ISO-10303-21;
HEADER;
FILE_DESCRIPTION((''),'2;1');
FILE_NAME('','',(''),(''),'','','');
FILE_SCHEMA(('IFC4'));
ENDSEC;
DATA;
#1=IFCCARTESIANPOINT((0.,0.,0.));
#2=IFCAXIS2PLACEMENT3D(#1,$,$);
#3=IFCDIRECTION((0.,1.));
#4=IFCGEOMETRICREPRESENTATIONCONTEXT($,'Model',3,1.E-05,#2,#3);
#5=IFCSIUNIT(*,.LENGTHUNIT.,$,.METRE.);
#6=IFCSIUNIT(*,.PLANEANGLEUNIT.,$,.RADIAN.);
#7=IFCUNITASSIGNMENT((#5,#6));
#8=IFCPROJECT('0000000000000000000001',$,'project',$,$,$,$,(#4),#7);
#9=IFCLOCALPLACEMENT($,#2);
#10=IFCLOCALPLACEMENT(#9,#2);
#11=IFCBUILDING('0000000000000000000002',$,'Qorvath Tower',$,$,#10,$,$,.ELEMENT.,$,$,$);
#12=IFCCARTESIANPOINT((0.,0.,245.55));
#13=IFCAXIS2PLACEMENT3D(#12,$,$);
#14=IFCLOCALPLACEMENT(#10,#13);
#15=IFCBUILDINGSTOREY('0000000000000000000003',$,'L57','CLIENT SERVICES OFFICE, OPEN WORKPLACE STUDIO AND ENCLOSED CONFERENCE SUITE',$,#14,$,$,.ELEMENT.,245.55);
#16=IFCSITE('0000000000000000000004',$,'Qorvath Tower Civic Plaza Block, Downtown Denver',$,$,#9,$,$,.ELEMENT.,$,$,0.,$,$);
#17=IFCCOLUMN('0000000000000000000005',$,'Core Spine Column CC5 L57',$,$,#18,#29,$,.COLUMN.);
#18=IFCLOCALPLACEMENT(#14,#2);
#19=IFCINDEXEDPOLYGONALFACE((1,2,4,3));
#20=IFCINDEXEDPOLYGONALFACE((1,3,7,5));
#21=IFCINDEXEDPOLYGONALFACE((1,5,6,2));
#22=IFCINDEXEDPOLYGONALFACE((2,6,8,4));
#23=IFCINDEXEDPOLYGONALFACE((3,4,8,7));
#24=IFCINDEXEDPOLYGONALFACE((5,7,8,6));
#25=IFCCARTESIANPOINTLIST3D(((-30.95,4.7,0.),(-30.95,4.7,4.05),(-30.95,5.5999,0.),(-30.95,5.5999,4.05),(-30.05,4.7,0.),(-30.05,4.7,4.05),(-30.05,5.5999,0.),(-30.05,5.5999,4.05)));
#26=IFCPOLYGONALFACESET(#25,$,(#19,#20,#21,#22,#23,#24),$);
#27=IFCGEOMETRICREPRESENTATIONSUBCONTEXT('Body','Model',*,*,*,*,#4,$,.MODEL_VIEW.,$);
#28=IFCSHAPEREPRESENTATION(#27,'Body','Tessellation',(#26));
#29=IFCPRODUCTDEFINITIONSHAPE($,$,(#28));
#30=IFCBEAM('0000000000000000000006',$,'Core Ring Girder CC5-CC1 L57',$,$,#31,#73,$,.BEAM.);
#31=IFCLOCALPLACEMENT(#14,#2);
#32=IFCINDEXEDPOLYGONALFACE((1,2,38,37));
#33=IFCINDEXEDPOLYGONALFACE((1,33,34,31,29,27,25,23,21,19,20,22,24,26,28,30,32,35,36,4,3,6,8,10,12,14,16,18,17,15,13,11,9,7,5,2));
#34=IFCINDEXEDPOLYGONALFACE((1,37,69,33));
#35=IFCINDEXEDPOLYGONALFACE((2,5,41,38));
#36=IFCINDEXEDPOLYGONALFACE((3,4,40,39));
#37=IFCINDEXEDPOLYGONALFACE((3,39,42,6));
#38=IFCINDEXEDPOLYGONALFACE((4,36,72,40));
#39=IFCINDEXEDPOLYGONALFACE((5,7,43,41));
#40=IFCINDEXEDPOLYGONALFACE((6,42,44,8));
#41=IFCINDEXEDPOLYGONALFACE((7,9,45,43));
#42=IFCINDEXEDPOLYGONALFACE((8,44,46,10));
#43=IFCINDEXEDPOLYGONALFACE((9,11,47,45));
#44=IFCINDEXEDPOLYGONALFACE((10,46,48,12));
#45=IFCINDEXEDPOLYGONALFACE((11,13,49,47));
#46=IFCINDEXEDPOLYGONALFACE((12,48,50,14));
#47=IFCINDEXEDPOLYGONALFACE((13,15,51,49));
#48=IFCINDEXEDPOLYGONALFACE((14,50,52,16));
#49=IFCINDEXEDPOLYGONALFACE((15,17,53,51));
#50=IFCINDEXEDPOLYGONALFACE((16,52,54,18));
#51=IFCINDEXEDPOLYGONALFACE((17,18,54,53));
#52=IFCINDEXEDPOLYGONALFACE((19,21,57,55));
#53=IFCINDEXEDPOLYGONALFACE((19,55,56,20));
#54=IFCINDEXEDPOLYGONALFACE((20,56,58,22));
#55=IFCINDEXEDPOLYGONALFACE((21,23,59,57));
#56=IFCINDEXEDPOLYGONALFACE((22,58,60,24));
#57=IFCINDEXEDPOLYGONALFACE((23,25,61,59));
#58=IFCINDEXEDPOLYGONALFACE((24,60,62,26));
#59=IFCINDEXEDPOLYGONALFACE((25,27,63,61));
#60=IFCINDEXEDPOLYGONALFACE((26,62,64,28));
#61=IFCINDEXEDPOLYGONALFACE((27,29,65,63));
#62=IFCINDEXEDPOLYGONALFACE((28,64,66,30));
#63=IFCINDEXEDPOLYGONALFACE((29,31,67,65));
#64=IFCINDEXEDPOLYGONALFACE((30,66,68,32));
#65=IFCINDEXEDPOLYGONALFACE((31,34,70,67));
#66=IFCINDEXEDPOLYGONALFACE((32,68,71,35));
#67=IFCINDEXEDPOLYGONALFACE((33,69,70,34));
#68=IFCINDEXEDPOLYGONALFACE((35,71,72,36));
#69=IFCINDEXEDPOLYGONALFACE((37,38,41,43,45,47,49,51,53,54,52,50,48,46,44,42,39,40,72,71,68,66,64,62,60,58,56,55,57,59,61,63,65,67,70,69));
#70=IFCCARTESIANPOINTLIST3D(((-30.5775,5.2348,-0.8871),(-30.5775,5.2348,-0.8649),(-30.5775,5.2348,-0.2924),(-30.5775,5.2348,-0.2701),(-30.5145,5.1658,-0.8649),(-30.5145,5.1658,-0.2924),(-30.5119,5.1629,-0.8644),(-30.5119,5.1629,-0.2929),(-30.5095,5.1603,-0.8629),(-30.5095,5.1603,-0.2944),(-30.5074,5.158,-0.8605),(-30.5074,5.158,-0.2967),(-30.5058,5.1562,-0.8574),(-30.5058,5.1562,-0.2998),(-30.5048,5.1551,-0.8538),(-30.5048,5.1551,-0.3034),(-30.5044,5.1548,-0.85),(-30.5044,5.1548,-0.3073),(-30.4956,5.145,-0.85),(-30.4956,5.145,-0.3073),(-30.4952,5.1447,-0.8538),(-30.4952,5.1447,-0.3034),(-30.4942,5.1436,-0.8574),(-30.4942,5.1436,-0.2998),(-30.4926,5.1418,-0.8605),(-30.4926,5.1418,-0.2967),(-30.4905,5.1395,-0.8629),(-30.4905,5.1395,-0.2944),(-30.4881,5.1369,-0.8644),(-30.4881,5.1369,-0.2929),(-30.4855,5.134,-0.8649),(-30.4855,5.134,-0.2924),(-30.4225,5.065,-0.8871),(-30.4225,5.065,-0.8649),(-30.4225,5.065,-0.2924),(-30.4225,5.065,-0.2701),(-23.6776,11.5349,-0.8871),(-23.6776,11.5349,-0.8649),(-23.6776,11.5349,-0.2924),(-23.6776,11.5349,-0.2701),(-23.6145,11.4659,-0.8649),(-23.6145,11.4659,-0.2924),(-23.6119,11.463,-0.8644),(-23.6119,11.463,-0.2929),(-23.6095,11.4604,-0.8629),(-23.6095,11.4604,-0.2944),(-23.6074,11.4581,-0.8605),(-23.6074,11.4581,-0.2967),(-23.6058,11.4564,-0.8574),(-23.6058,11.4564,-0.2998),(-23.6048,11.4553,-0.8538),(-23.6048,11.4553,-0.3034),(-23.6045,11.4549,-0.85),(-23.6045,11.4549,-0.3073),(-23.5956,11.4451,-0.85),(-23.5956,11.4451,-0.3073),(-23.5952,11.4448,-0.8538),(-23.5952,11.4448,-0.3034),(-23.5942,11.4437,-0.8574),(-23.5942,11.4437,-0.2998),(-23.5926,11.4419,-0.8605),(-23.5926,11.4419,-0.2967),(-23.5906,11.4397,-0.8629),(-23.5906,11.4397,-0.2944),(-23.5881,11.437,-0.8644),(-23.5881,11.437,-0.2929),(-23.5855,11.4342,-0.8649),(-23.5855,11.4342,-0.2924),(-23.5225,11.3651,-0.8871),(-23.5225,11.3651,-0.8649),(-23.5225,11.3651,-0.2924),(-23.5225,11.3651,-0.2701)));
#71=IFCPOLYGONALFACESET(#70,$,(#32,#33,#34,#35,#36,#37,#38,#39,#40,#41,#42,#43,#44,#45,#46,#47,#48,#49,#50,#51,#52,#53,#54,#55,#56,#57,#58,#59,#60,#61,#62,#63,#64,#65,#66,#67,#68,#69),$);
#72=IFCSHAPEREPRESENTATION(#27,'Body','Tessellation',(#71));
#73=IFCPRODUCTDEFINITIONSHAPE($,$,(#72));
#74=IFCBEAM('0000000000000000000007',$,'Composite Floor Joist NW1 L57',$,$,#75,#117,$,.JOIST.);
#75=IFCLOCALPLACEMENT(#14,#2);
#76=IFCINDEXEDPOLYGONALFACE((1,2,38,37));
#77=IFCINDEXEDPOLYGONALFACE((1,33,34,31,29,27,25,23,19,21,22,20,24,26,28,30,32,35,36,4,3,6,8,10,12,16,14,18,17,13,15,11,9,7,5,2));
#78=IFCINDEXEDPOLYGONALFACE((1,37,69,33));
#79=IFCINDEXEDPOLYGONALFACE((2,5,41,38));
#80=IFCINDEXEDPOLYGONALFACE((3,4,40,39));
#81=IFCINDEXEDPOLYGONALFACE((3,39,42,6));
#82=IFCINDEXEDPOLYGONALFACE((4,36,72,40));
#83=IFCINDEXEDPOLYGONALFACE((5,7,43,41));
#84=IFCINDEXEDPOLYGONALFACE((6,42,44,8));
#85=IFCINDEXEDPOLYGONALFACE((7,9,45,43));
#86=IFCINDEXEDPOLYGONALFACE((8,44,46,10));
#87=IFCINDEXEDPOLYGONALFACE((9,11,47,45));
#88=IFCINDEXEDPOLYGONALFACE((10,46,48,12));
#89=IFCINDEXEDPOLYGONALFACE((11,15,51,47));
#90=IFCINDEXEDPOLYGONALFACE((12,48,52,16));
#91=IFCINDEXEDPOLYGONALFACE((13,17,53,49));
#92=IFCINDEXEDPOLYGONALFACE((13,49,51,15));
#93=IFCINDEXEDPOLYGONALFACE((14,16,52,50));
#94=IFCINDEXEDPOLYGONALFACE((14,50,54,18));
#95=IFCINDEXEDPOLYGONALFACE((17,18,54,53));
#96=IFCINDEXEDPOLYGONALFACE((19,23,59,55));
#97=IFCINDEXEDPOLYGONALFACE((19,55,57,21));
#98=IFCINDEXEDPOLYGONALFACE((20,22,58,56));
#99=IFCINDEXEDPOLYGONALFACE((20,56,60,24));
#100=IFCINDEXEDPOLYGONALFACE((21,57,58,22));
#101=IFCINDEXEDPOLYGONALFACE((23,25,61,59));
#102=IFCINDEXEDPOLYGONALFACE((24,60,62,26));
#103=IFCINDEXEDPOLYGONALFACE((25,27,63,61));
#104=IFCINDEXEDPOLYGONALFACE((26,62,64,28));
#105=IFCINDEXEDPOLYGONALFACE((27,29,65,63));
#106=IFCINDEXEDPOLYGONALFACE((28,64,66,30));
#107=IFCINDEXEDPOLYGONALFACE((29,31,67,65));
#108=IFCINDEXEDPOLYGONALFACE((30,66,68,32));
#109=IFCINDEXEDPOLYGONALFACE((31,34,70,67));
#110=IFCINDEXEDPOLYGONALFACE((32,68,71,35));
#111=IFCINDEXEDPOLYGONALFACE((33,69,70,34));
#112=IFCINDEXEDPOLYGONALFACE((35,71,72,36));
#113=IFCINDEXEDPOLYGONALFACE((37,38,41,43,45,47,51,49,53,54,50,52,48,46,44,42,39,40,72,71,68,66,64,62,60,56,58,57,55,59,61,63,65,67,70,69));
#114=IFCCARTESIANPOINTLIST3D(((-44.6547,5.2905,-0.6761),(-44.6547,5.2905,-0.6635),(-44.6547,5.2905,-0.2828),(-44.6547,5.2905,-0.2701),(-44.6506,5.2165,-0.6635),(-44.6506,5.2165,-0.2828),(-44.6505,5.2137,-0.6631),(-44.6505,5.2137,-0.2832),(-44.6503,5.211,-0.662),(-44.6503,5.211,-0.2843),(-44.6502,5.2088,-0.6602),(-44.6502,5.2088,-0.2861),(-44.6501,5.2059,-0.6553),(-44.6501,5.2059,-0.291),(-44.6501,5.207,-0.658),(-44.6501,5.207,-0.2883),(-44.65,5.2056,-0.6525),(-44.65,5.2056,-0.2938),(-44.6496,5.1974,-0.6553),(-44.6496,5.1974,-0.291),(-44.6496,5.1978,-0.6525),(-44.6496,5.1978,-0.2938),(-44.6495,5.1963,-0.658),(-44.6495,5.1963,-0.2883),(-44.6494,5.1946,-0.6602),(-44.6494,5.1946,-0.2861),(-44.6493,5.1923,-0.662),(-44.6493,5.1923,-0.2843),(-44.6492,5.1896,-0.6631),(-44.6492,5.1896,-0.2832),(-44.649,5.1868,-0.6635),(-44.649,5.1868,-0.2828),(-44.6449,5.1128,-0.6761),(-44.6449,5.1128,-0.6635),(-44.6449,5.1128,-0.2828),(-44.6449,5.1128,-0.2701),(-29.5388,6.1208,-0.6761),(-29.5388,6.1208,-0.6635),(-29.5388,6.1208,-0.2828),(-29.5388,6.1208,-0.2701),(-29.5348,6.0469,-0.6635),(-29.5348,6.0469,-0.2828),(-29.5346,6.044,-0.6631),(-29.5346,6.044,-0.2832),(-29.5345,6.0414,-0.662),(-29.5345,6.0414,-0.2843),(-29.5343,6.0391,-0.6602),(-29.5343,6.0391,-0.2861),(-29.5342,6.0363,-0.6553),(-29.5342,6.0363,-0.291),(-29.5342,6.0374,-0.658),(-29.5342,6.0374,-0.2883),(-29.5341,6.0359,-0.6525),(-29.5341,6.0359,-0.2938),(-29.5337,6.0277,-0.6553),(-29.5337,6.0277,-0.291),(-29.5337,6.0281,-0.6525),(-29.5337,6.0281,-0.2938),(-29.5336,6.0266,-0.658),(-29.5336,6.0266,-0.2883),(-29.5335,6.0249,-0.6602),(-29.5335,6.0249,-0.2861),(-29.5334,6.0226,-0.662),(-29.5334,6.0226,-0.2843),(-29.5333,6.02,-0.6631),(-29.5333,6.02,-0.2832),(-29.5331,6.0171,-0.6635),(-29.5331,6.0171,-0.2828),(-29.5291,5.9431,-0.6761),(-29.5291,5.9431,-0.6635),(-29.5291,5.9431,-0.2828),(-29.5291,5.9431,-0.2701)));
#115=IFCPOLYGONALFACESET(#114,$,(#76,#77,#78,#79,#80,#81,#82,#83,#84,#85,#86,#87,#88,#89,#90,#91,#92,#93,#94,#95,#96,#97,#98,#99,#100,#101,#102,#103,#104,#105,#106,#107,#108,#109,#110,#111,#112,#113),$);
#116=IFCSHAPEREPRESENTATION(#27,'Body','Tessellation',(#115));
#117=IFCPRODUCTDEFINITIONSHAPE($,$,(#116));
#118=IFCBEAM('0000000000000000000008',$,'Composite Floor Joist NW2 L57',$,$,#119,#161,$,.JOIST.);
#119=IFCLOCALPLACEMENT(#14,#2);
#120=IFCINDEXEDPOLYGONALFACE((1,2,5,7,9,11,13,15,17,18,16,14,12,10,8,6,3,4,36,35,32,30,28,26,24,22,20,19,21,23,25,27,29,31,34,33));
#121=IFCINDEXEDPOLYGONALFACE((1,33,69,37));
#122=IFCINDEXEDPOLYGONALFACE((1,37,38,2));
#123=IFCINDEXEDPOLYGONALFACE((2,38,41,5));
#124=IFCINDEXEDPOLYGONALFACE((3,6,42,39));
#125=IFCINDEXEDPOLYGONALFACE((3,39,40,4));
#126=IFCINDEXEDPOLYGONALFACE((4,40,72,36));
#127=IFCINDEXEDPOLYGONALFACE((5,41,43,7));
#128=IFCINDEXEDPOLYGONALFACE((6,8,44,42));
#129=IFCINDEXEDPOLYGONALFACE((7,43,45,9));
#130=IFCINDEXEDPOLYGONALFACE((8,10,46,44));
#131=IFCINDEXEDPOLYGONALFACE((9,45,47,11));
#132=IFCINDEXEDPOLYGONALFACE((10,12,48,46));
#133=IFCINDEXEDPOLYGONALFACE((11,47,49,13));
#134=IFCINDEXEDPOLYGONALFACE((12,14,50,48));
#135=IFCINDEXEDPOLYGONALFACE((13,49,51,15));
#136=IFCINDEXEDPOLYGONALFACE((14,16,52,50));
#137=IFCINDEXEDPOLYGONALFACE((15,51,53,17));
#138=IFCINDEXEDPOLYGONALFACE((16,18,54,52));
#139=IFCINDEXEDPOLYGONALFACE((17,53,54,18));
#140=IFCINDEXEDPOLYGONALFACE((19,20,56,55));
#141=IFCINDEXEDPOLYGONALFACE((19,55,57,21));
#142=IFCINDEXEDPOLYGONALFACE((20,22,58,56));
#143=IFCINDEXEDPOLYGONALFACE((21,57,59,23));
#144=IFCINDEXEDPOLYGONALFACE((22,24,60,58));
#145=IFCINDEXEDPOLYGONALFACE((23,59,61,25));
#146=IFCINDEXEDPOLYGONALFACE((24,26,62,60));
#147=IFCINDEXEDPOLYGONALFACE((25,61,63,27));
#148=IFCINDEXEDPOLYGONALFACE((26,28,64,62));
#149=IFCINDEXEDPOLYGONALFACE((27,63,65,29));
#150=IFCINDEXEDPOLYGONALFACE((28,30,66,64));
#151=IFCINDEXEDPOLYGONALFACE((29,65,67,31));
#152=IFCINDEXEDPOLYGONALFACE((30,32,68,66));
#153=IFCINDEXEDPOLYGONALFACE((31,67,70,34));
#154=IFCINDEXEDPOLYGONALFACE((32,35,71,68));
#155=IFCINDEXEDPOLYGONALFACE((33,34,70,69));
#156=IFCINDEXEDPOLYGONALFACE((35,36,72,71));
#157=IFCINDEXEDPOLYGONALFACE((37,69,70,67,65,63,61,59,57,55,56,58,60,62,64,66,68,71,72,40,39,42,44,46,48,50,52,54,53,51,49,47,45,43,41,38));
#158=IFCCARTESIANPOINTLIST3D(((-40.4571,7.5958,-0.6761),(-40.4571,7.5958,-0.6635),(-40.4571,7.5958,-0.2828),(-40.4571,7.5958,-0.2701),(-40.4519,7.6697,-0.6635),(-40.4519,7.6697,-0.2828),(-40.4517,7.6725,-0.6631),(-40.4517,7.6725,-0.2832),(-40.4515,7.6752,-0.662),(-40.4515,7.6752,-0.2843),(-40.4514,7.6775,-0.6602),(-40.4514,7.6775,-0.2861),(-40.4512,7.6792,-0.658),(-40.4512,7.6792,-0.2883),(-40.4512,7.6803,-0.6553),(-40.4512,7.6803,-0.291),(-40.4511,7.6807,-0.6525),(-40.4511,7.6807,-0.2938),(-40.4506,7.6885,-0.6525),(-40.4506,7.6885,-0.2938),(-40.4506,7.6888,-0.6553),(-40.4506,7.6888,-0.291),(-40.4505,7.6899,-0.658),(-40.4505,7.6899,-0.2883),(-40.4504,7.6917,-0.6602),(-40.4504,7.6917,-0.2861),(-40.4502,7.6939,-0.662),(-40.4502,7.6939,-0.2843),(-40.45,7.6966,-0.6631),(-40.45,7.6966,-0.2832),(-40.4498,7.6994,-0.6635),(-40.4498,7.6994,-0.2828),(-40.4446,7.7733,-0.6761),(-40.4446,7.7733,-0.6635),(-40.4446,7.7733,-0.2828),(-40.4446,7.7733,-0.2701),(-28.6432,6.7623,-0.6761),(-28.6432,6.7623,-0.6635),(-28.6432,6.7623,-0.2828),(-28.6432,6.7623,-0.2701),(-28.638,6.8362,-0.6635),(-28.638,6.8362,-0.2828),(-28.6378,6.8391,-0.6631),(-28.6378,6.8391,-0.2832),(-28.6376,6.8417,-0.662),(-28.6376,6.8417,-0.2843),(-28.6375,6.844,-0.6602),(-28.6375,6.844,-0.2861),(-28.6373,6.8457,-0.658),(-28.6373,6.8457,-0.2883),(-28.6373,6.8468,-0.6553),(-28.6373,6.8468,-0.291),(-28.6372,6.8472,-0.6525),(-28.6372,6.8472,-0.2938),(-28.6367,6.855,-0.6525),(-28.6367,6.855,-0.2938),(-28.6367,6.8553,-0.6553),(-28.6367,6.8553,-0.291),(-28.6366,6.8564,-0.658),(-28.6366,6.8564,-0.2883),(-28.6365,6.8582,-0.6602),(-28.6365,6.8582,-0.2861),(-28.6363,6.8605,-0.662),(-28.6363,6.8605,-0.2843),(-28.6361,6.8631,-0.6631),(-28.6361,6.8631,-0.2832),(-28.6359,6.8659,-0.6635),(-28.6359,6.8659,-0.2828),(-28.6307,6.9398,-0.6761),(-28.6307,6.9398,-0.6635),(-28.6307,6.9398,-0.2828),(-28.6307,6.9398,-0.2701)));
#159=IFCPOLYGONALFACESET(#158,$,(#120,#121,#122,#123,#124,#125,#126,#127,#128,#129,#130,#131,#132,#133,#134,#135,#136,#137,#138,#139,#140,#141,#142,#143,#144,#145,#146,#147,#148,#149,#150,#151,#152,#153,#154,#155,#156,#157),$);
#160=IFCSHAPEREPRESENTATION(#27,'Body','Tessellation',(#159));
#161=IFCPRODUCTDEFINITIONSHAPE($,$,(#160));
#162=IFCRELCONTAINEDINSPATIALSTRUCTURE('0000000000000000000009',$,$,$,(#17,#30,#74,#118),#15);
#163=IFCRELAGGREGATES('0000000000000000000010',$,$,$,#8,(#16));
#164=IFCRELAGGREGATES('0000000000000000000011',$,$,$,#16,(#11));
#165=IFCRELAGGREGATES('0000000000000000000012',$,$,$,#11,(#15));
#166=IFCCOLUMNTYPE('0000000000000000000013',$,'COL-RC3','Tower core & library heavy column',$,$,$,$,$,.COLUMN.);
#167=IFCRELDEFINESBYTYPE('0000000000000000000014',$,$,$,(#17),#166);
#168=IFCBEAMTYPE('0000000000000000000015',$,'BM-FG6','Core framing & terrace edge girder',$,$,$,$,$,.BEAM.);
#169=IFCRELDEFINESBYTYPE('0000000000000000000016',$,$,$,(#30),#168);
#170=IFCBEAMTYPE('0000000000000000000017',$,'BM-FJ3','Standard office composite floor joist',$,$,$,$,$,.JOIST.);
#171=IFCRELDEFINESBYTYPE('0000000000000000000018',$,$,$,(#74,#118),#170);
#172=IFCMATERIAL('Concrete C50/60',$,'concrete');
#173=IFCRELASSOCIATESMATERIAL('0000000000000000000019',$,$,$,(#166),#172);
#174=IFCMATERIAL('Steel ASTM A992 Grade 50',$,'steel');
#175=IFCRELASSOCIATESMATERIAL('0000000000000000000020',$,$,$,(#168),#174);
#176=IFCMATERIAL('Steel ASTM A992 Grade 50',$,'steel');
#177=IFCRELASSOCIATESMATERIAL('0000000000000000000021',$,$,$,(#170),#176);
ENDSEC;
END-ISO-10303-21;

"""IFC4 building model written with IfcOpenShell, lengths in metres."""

from ifc_helpers import new_model, si_unit, direction, frame, origin, origin_2d, place, context, subcontext, project, spatial, rectangle, i_section, extrude, material, material_profile, profile_set, type_object, element, save


model = new_model("IFC4")

# Units and contexts
model_context = context("Model", 3, precision=1e-05, world=origin(), true_north=direction((0.0, 1.0)))
body_context = subcontext(model_context, "Body", "Model", "MODEL_VIEW")
ifc_project = project(units=[si_unit("LENGTHUNIT", "METRE"), si_unit("PLANEANGLEUNIT", "RADIAN")], contexts=[model_context])

# Site, building, storey
site_placement = place(None, origin())
site = spatial("IfcSite", under=ifc_project, at=site_placement, Name="Qorvath Tower Civic Plaza Block, Downtown Denver", CompositionType="ELEMENT", RefElevation=0.0)
building_placement = place(site_placement, origin())
building = spatial("IfcBuilding", under=site, at=building_placement, Name="Qorvath Tower", CompositionType="ELEMENT")
storey_placement = place(building_placement, frame((0.0, 0.0, 245.55)))
storey = spatial("IfcBuildingStorey", under=building, at=storey_placement, Name="L57", Description="CLIENT SERVICES OFFICE, OPEN WORKPLACE STUDIO AND ENCLOSED CONFERENCE SUITE", CompositionType="ELEMENT", Elevation=245.55)

# Column
ifc_material_1 = material(Name="Concrete C50/60", Category="concrete")
ifc_material_profile_1 = material_profile(ifc_material_1, rectangle(XDim=0.8999, YDim=0.8999, at=origin_2d()), Name="RC 900x900")
ifc_profile_set_1 = profile_set([ifc_material_profile_1], Name="Concrete C50/60")
column_type = type_object("IfcColumnType", Name="COL-RC3", Description="Tower core & library heavy column", PredefinedType="COLUMN", material=ifc_profile_set_1)
column_placement = place(storey_placement, frame((-30.5, 5.1499, 0.0), z_axis=(0.0, 0.0, 1.0), x_axis=(1.0, 0.0, 0.0)))
element("IfcColumn", 1, at=column_placement, inside=storey, type_object=column_type, Name="Core Spine Column CC5 L57", PredefinedType="COLUMN", context=body_context, shape_type="SweptSolid", body=[
    extrude(rectangle(XDim=0.8999, YDim=0.8999, at=origin_2d()), origin(), (0.0, 0.0, 1.0), 4.05),
])

# Beams
ifc_material_2 = material(Name="Steel ASTM A992 Grade 50", Category="steel")
ifc_material_profile_2 = material_profile(ifc_material_2, i_section(OverallWidth=0.23, OverallDepth=0.6169, WebThickness=0.0132, FlangeThickness=0.0222, FilletRadius=0.0149, at=origin_2d()), Name="W24x94")
ifc_profile_set_2 = profile_set([ifc_material_profile_2], Name="Steel ASTM A992 Grade 50")
beam_type_1 = type_object("IfcBeamType", Name="BM-FG6", Description="Core framing & terrace edge girder", PredefinedType="BEAM", material=ifc_profile_set_2)
beam_1_placement = place(storey_placement, frame((-30.5, 5.1499, -0.5786), z_axis=(0.738478, 0.674277, 0.0), x_axis=(-0.674277, 0.738478, 0.0)))
element("IfcBeam", 2, at=beam_1_placement, inside=storey, type_object=beam_type_1, Name="Core Ring Girder CC5-CC1 L57", PredefinedType="BEAM", context=body_context, shape_type="SweptSolid", body=[
    extrude(i_section(OverallWidth=0.23, OverallDepth=0.6169, WebThickness=0.0132, FlangeThickness=0.0222, FilletRadius=0.0149, at=origin_2d()), origin(), (0.0, 0.0, 1.0), 9.3435),
])
ifc_material_3 = material(Name="Steel ASTM A992 Grade 50", Category="steel")
ifc_material_profile_3 = material_profile(ifc_material_3, i_section(OverallWidth=0.178, OverallDepth=0.406, WebThickness=0.0078, FlangeThickness=0.0127, FilletRadius=0.011, at=origin_2d()), Name="W16x40")
ifc_profile_set_3 = profile_set([ifc_material_profile_3], Name="Steel ASTM A992 Grade 50")
beam_type_2 = type_object("IfcBeamType", Name="BM-FJ3", Description="Standard office composite floor joist", PredefinedType="JOIST", material=ifc_profile_set_3)
beam_2_placement = place(storey_placement, frame((-29.5339, 6.032, -0.4731), z_axis=(-0.998495, -0.054847, 0.0), x_axis=(0.054847, -0.998495, 0.0)))
element("IfcBeam", 3, at=beam_2_placement, inside=storey, type_object=beam_type_2, Name="Composite Floor Joist NW1 L57", PredefinedType="JOIST", context=body_context, shape_type="SweptSolid", body=[
    extrude(i_section(OverallWidth=0.178, OverallDepth=0.406, WebThickness=0.0078, FlangeThickness=0.0127, FilletRadius=0.011, at=origin_2d()), origin(), (0.0, 0.0, 1.0), 15.1387),
])
beam_3_placement = place(storey_placement, frame((-28.637, 6.8511, -0.4731), z_axis=(-0.99752, 0.070377, 0.0), x_axis=(-0.070377, -0.99752, 0.0)))
element("IfcBeam", 4, at=beam_3_placement, inside=storey, type_object=beam_type_2, Name="Composite Floor Joist NW2 L57", PredefinedType="JOIST", context=body_context, shape_type="SweptSolid", body=[
    extrude(i_section(OverallWidth=0.178, OverallDepth=0.406, WebThickness=0.0078, FlangeThickness=0.0127, FilletRadius=0.011, at=origin_2d()), origin(), (0.0, 0.0, 1.0), 11.8433),
])

save(model, "model.ifc")
